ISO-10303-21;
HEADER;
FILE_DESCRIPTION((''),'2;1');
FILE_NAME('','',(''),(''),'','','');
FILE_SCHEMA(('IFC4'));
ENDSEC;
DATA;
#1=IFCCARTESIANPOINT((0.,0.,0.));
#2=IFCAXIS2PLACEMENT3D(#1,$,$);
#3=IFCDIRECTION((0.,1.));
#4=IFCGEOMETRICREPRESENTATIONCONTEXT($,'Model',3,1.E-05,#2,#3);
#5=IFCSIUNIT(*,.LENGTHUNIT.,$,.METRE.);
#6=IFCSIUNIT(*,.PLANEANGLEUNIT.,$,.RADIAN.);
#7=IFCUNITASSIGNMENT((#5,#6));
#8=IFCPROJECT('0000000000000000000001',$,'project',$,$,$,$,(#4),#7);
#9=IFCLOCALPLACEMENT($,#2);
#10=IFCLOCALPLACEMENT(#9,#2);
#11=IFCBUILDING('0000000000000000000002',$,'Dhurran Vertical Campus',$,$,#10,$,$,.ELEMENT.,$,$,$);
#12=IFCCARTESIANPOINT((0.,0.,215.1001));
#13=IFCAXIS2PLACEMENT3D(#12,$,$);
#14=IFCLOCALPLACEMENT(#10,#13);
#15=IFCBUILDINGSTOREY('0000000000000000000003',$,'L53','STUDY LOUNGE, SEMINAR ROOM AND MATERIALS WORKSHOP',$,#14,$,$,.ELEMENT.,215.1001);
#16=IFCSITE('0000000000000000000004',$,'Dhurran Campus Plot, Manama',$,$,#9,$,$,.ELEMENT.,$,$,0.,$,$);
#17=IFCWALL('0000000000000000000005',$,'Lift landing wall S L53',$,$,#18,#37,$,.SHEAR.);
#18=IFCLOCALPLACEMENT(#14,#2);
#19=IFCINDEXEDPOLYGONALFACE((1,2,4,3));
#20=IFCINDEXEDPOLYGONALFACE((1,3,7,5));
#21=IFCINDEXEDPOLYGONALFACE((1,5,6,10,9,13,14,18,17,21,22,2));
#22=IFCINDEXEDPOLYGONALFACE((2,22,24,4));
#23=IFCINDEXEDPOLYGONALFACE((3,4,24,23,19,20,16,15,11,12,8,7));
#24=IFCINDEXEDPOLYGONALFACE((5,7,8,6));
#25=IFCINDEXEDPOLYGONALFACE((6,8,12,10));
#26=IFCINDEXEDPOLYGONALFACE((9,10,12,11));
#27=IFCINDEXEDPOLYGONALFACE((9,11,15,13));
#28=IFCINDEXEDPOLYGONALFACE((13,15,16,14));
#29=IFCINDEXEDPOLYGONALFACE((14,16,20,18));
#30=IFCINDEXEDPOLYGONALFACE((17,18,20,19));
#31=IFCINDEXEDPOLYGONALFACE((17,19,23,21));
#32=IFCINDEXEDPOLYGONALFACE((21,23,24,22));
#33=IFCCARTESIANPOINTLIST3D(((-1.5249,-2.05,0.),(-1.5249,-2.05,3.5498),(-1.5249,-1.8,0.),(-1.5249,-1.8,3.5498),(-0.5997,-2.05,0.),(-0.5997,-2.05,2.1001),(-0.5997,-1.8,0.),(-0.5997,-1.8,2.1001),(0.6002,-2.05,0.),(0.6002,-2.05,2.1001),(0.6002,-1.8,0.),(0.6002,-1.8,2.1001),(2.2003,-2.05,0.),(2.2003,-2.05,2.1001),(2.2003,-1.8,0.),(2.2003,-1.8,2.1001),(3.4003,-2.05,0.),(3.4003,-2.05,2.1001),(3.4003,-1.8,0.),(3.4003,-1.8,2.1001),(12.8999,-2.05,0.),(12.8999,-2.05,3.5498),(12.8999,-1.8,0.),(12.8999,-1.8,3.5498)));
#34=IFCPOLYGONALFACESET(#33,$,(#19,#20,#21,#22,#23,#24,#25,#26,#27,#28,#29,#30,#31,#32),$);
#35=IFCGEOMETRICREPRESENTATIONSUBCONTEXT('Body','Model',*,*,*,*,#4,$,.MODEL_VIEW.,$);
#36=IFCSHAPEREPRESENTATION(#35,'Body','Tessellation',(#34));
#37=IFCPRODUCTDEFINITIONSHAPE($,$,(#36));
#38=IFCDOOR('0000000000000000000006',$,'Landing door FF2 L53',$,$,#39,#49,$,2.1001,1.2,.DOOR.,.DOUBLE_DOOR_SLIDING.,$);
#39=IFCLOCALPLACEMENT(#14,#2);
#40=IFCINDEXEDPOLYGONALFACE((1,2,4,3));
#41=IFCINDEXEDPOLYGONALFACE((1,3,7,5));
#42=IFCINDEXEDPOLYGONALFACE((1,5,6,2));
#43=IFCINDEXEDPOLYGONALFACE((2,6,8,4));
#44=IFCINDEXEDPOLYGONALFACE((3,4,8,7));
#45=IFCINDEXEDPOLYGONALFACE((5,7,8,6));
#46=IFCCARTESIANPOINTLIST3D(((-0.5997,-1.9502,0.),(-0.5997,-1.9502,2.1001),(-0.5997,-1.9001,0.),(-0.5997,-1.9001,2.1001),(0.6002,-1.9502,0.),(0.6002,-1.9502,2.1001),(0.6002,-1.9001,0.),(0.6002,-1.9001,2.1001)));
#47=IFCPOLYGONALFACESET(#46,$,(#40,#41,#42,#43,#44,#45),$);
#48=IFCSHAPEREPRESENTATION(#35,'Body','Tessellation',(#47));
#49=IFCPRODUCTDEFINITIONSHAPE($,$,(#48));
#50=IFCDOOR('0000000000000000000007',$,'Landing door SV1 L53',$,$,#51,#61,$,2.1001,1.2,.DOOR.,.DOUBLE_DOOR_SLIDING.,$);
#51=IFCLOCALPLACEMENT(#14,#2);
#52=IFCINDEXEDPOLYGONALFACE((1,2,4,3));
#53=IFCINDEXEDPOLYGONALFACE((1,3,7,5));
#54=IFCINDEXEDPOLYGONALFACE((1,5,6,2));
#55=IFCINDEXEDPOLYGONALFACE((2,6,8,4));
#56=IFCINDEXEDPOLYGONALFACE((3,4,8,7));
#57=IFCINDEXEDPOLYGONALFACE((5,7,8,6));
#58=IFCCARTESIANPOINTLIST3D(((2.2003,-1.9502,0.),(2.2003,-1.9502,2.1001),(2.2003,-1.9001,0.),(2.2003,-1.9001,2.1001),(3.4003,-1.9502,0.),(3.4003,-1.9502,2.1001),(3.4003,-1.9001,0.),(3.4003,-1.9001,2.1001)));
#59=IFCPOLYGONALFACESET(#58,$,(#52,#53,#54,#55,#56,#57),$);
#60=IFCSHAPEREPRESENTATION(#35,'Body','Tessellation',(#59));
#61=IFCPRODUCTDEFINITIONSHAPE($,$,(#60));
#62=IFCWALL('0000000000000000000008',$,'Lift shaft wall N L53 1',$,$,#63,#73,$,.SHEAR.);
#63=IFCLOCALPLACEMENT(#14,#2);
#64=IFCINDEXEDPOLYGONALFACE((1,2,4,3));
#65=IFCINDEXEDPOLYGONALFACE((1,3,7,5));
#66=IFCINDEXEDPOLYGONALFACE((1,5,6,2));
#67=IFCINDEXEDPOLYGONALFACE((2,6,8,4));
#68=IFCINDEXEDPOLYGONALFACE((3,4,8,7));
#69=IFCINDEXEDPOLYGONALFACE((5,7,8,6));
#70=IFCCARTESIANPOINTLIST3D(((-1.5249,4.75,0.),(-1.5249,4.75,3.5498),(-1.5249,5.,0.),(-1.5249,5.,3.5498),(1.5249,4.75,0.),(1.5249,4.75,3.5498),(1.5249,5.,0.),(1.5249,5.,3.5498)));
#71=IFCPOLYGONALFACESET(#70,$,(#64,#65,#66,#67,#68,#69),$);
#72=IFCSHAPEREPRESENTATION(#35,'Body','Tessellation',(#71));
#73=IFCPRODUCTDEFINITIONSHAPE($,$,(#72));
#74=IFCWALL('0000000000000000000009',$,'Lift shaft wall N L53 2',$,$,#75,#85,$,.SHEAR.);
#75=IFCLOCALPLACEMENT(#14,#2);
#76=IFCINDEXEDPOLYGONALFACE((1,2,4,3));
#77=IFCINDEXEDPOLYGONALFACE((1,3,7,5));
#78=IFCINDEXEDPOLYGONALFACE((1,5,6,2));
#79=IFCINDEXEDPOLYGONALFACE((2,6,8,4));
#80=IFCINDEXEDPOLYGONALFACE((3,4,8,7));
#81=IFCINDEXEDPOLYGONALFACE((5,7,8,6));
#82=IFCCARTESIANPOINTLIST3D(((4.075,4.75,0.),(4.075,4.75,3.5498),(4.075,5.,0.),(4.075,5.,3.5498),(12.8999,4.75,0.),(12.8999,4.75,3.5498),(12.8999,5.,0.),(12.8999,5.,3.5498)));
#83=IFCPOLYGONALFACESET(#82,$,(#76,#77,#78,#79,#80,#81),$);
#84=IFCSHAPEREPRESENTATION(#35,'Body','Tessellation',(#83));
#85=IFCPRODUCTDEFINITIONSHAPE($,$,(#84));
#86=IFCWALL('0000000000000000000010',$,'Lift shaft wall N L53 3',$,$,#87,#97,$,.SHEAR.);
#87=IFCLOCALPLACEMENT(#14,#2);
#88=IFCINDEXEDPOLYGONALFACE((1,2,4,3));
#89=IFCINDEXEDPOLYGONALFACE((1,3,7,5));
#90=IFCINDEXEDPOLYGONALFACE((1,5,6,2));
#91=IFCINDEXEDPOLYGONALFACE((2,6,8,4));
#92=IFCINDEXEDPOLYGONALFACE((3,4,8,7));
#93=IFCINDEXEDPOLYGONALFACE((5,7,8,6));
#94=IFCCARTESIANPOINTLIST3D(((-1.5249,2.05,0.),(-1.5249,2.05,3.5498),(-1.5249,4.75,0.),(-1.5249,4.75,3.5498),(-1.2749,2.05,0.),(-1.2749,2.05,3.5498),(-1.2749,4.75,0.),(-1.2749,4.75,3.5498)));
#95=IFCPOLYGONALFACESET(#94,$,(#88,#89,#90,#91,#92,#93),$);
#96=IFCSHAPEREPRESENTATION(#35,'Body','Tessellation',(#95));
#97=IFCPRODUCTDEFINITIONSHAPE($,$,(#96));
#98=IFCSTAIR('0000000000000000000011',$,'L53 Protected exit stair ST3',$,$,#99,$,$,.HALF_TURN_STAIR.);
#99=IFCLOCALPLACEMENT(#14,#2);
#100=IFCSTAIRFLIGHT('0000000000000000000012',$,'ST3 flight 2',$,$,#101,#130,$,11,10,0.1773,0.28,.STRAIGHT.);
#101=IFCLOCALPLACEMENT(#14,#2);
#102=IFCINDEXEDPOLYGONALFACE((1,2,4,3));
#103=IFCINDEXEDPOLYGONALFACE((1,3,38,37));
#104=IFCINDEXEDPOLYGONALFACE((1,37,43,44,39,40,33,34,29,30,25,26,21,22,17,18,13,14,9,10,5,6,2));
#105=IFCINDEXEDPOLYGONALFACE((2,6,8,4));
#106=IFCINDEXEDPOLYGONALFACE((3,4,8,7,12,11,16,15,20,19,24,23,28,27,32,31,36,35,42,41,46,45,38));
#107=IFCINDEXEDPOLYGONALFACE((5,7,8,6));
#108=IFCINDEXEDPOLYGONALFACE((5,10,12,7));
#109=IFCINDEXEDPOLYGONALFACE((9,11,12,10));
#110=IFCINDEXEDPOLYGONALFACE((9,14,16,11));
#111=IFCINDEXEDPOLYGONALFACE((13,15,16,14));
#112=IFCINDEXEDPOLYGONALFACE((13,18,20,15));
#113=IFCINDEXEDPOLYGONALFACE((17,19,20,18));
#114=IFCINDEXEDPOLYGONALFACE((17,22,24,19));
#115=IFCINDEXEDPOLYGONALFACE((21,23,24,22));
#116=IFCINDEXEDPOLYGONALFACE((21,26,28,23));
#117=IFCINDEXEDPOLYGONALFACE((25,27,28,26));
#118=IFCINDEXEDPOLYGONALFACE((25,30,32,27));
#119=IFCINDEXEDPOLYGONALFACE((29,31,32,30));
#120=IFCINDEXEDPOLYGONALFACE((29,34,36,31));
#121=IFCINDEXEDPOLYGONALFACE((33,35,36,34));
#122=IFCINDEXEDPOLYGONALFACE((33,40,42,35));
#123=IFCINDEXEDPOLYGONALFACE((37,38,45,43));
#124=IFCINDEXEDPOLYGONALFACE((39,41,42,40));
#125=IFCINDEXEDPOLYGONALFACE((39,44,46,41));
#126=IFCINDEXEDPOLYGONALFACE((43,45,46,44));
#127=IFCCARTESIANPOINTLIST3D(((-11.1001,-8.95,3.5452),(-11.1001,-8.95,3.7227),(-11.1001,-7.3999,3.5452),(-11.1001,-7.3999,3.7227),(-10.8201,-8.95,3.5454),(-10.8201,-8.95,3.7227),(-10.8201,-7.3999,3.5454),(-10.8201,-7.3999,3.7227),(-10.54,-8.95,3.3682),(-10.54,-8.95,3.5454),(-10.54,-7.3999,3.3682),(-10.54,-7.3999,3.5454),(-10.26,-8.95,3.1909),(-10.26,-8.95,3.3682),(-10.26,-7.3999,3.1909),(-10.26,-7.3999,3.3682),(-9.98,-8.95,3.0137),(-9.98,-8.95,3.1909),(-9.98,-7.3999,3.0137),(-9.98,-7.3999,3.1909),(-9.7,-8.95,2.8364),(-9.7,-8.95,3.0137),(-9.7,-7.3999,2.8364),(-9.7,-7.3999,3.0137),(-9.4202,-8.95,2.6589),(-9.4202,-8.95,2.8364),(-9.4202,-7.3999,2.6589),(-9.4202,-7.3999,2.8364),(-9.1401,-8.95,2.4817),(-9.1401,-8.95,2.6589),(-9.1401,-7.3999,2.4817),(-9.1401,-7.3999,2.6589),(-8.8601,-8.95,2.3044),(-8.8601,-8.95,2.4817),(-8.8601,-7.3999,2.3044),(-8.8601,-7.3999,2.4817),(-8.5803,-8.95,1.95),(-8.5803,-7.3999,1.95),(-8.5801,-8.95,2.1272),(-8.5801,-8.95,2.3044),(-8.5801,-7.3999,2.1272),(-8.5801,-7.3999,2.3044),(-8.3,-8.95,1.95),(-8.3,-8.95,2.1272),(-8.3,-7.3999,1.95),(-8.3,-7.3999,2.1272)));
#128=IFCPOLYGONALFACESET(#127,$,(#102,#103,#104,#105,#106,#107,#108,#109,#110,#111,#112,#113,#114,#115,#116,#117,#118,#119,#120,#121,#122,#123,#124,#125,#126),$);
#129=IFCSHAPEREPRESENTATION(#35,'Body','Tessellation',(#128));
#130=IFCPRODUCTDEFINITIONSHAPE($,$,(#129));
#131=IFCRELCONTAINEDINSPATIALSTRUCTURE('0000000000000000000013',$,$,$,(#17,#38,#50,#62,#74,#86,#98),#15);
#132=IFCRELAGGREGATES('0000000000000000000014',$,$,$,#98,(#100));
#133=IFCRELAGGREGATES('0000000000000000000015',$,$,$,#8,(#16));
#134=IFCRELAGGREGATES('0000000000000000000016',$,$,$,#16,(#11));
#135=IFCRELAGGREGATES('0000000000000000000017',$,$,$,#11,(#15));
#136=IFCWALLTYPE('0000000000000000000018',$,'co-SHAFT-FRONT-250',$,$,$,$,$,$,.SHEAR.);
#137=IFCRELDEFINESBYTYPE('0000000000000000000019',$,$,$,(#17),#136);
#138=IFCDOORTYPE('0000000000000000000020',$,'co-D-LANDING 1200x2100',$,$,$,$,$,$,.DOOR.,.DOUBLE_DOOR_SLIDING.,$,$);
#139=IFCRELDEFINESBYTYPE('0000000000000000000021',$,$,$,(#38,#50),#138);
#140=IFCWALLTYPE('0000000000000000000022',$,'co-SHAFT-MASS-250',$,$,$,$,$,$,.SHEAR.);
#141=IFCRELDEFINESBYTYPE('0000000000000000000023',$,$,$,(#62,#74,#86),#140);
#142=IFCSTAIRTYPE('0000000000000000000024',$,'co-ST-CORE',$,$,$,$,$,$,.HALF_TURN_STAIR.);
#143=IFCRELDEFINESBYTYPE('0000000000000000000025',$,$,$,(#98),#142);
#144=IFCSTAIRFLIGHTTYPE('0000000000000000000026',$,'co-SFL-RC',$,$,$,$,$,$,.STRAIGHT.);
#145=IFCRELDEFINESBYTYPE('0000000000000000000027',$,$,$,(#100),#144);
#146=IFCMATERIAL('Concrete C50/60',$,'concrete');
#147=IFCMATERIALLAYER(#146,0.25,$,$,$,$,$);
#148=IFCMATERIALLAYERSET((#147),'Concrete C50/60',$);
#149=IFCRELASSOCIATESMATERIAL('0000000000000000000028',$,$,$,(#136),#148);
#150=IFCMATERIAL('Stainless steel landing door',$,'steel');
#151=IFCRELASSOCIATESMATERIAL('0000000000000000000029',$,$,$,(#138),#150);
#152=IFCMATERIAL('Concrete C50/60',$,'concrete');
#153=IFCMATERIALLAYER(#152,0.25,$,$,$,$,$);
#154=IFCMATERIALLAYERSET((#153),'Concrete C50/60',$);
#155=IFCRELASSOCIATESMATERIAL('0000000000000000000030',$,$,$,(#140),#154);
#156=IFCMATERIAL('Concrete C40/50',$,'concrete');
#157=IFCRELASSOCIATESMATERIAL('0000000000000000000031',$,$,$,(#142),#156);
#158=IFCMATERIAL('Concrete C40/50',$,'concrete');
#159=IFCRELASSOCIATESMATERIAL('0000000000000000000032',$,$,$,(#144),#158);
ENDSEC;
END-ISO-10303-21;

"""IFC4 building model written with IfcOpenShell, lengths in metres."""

from ifc_helpers import new_model, si_unit, direction, frame, frame_2d, origin, place, context, subcontext, project, spatial, polyline, rectangle, outline, extrude, material, layer, layer_set, type_object, element, fill, aggregate, save


model = new_model("IFC4")

# Units and contexts
model_context = context("Model", 3, precision=1e-05, world=origin(), true_north=direction((0.0, 1.0)))
body_context = subcontext(model_context, "Body", "Model", "MODEL_VIEW")
ifc_project = project(units=[si_unit("LENGTHUNIT", "METRE"), si_unit("PLANEANGLEUNIT", "RADIAN")], contexts=[model_context])

# Site, building, storey
site_placement = place(None, origin())
site = spatial("IfcSite", under=ifc_project, at=site_placement, Name="Dhurran Campus Plot, Manama", CompositionType="ELEMENT", RefElevation=0.0)
building_placement = place(site_placement, origin())
building = spatial("IfcBuilding", under=site, at=building_placement, Name="Dhurran Vertical Campus", CompositionType="ELEMENT")
storey_placement = place(building_placement, frame((0.0, 0.0, 215.1001)))
storey = spatial("IfcBuildingStorey", under=building, at=storey_placement, Name="L53", Description="STUDY LOUNGE, SEMINAR ROOM AND MATERIALS WORKSHOP", CompositionType="ELEMENT", Elevation=215.1001)

# Wall, openings, doors
ifc_material_1 = material(Name="Concrete C50/60", Category="concrete")
ifc_layer_1 = layer(ifc_material_1, 0.25)
ifc_layer_set_1 = layer_set([ifc_layer_1], Name="Concrete C50/60")
wall_type_1 = type_object("IfcWallType", Name="co-SHAFT-FRONT-250", PredefinedType="SHEAR", material=ifc_layer_set_1)
ifc_material_2 = material(Name="Stainless steel landing door", Category="steel")
door_type_1 = type_object("IfcDoorType", Name="co-D-LANDING 1200x2100", OperationType="DOUBLE_DOOR_SLIDING", PredefinedType="DOOR", material=ifc_material_2)
wall_1_placement = place(storey_placement, frame((-1.5249, -1.925, 0.0), z_axis=(0.0, 0.0, 1.0), x_axis=(1.0, 0.0, 0.0)))
wall_1 = element("IfcWall", 1, at=wall_1_placement, inside=storey, type_object=wall_type_1, Name="Lift landing wall S L53", PredefinedType="SHEAR", context=body_context, shape_type="SweptSolid", body=[
    extrude(rectangle(XDim=14.4248, YDim=0.25, at=frame_2d((7.2124, 0.0))), origin(), (0.0, 0.0, 1.0), 3.5498),
])
opening_1_placement = place(wall_1_placement, frame((0.925, 0.0, 0.0)))
opening_1 = element("IfcOpeningElement", 2, at=opening_1_placement, cuts=wall_1, PredefinedType="OPENING", context=body_context, shape_type="SweptSolid", body=[
    extrude(rectangle(XDim=1.2, YDim=2.1001, at=frame_2d((0.6001, 1.05))), frame((0.0, 0.135, 0.0), z_axis=(0.0, -1.0, 0.0), x_axis=(1.0, 0.0, 0.0)), (0.0, 0.0, 1.0), 0.27),
])
opening_2_placement = place(wall_1_placement, frame((3.7251, 0.0, 0.0)))
opening_2 = element("IfcOpeningElement", 3, at=opening_2_placement, cuts=wall_1, PredefinedType="OPENING", context=body_context, shape_type="SweptSolid", body=[
    extrude(rectangle(XDim=1.2, YDim=2.1001, at=frame_2d((0.6001, 1.05))), frame((0.0, 0.135, 0.0), z_axis=(0.0, -1.0, 0.0), x_axis=(1.0, 0.0, 0.0)), (0.0, 0.0, 1.0), 0.27),
])
door_1_placement = place(opening_1_placement, origin())
door_1 = element("IfcDoor", 4, at=door_1_placement, inside=storey, type_object=door_type_1, Name="Landing door FF2 L53", OperationType="DOUBLE_DOOR_SLIDING", OverallHeight=2.1001, OverallWidth=1.2, PredefinedType="DOOR", context=body_context, shape_type="SweptSolid", body=[
    extrude(rectangle(XDim=1.2, YDim=2.1001, at=frame_2d((0.6001, 1.05))), frame((0.0, 0.0249, 0.0), z_axis=(0.0, -1.0, 0.0), x_axis=(1.0, 0.0, 0.0)), (0.0, 0.0, 1.0), 0.05),
])
fill(opening_1, door_1)
door_2_placement = place(opening_2_placement, origin())
door_2 = element("IfcDoor", 5, at=door_2_placement, inside=storey, type_object=door_type_1, Name="Landing door SV1 L53", OperationType="DOUBLE_DOOR_SLIDING", OverallHeight=2.1001, OverallWidth=1.2, PredefinedType="DOOR", context=body_context, shape_type="SweptSolid", body=[
    extrude(rectangle(XDim=1.2, YDim=2.1001, at=frame_2d((0.6001, 1.05))), frame((0.0, 0.0249, 0.0), z_axis=(0.0, -1.0, 0.0), x_axis=(1.0, 0.0, 0.0)), (0.0, 0.0, 1.0), 0.05),
])
fill(opening_2, door_2)

# Walls
ifc_material_3 = material(Name="Concrete C50/60", Category="concrete")
ifc_layer_2 = layer(ifc_material_3, 0.25)
ifc_layer_set_2 = layer_set([ifc_layer_2], Name="Concrete C50/60")
wall_type_2 = type_object("IfcWallType", Name="co-SHAFT-MASS-250", PredefinedType="SHEAR", material=ifc_layer_set_2)
wall_2_placement = place(storey_placement, origin())
element("IfcWall", 6, at=wall_2_placement, inside=storey, type_object=wall_type_2, Name="Lift shaft wall N L53 1", PredefinedType="SHEAR", context=body_context, shape_type="SweptSolid", body=[
    extrude(outline(polyline([(-1.5249, 4.75), (1.5249, 4.75), (1.5249, 5.0), (-1.5249, 5.0), (-1.5249, 4.75)])), origin(), (0.0, 0.0, 1.0), 3.5498),
])
wall_3_placement = place(storey_placement, origin())
element("IfcWall", 7, at=wall_3_placement, inside=storey, type_object=wall_type_2, Name="Lift shaft wall N L53 2", PredefinedType="SHEAR", context=body_context, shape_type="SweptSolid", body=[
    extrude(outline(polyline([(4.075, 4.75), (12.8999, 4.75), (12.8999, 5.0), (4.075, 5.0), (4.075, 4.75)])), origin(), (0.0, 0.0, 1.0), 3.5498),
])
wall_4_placement = place(storey_placement, origin())
element("IfcWall", 8, at=wall_4_placement, inside=storey, type_object=wall_type_2, Name="Lift shaft wall N L53 3", PredefinedType="SHEAR", context=body_context, shape_type="SweptSolid", body=[
    extrude(outline(polyline([(-1.5249, 2.05), (-1.2749, 2.05), (-1.2749, 4.75), (-1.5249, 4.75), (-1.5249, 2.05)])), origin(), (0.0, 0.0, 1.0), 3.5498),
])

# Stair, stair flight
ifc_material_4 = material(Name="Concrete C40/50", Category="concrete")
stair_type = type_object("IfcStairType", Name="co-ST-CORE", PredefinedType="HALF_TURN_STAIR", material=ifc_material_4)
stair_placement = place(storey_placement, origin())
stair = element("IfcStair", 9, at=stair_placement, inside=storey, type_object=stair_type, Name="L53 Protected exit stair ST3", PredefinedType="HALF_TURN_STAIR")
ifc_material_5 = material(Name="Concrete C40/50", Category="concrete")
stair_flight_type = type_object("IfcStairFlightType", Name="co-SFL-RC", PredefinedType="STRAIGHT", material=ifc_material_5)
stair_flight_placement = place(storey_placement, frame((-8.3, -8.175, 1.95), z_axis=(0.0, 0.0, 1.0), x_axis=(-1.0, 0.0, 0.0)))
stair_flight = element("IfcStairFlight", 10, at=stair_flight_placement, type_object=stair_flight_type, Name="ST3 flight 2", NumberOfRisers=11, NumberOfTreads=10, PredefinedType="STRAIGHT", RiserHeight=0.1773, TreadLength=0.28, context=body_context, shape_type="SweptSolid", body=[
    extrude(outline(polyline([(0.0, 0.0), (0.0, 0.1772), (0.28, 0.1772), (0.28, 0.3545), (0.5601, 0.3545), (0.5601, 0.5317), (0.8401, 0.5317), (0.8401, 0.709), (1.1201, 0.709), (1.1201, 0.8865), (1.3999, 0.8865), (1.3999, 1.0637), (1.6799, 1.0637), (1.6799, 1.241), (1.96, 1.241), (1.96, 1.4182), (2.24, 1.4182), (2.24, 1.5955), (2.52, 1.5955), (2.52, 1.7727), (2.8, 1.7727), (2.8, 1.95), (2.8, 1.5952), (0.2803, 0.0), (0.0, 0.0)])), frame((0.0, 0.7749, 0.0), z_axis=(0.0, -1.0, 0.0), x_axis=(1.0, 0.0, 0.0)), (0.0, 0.0, 1.0), 1.55),
])
aggregate(stair, [stair_flight])

save(model, "model.ifc")
